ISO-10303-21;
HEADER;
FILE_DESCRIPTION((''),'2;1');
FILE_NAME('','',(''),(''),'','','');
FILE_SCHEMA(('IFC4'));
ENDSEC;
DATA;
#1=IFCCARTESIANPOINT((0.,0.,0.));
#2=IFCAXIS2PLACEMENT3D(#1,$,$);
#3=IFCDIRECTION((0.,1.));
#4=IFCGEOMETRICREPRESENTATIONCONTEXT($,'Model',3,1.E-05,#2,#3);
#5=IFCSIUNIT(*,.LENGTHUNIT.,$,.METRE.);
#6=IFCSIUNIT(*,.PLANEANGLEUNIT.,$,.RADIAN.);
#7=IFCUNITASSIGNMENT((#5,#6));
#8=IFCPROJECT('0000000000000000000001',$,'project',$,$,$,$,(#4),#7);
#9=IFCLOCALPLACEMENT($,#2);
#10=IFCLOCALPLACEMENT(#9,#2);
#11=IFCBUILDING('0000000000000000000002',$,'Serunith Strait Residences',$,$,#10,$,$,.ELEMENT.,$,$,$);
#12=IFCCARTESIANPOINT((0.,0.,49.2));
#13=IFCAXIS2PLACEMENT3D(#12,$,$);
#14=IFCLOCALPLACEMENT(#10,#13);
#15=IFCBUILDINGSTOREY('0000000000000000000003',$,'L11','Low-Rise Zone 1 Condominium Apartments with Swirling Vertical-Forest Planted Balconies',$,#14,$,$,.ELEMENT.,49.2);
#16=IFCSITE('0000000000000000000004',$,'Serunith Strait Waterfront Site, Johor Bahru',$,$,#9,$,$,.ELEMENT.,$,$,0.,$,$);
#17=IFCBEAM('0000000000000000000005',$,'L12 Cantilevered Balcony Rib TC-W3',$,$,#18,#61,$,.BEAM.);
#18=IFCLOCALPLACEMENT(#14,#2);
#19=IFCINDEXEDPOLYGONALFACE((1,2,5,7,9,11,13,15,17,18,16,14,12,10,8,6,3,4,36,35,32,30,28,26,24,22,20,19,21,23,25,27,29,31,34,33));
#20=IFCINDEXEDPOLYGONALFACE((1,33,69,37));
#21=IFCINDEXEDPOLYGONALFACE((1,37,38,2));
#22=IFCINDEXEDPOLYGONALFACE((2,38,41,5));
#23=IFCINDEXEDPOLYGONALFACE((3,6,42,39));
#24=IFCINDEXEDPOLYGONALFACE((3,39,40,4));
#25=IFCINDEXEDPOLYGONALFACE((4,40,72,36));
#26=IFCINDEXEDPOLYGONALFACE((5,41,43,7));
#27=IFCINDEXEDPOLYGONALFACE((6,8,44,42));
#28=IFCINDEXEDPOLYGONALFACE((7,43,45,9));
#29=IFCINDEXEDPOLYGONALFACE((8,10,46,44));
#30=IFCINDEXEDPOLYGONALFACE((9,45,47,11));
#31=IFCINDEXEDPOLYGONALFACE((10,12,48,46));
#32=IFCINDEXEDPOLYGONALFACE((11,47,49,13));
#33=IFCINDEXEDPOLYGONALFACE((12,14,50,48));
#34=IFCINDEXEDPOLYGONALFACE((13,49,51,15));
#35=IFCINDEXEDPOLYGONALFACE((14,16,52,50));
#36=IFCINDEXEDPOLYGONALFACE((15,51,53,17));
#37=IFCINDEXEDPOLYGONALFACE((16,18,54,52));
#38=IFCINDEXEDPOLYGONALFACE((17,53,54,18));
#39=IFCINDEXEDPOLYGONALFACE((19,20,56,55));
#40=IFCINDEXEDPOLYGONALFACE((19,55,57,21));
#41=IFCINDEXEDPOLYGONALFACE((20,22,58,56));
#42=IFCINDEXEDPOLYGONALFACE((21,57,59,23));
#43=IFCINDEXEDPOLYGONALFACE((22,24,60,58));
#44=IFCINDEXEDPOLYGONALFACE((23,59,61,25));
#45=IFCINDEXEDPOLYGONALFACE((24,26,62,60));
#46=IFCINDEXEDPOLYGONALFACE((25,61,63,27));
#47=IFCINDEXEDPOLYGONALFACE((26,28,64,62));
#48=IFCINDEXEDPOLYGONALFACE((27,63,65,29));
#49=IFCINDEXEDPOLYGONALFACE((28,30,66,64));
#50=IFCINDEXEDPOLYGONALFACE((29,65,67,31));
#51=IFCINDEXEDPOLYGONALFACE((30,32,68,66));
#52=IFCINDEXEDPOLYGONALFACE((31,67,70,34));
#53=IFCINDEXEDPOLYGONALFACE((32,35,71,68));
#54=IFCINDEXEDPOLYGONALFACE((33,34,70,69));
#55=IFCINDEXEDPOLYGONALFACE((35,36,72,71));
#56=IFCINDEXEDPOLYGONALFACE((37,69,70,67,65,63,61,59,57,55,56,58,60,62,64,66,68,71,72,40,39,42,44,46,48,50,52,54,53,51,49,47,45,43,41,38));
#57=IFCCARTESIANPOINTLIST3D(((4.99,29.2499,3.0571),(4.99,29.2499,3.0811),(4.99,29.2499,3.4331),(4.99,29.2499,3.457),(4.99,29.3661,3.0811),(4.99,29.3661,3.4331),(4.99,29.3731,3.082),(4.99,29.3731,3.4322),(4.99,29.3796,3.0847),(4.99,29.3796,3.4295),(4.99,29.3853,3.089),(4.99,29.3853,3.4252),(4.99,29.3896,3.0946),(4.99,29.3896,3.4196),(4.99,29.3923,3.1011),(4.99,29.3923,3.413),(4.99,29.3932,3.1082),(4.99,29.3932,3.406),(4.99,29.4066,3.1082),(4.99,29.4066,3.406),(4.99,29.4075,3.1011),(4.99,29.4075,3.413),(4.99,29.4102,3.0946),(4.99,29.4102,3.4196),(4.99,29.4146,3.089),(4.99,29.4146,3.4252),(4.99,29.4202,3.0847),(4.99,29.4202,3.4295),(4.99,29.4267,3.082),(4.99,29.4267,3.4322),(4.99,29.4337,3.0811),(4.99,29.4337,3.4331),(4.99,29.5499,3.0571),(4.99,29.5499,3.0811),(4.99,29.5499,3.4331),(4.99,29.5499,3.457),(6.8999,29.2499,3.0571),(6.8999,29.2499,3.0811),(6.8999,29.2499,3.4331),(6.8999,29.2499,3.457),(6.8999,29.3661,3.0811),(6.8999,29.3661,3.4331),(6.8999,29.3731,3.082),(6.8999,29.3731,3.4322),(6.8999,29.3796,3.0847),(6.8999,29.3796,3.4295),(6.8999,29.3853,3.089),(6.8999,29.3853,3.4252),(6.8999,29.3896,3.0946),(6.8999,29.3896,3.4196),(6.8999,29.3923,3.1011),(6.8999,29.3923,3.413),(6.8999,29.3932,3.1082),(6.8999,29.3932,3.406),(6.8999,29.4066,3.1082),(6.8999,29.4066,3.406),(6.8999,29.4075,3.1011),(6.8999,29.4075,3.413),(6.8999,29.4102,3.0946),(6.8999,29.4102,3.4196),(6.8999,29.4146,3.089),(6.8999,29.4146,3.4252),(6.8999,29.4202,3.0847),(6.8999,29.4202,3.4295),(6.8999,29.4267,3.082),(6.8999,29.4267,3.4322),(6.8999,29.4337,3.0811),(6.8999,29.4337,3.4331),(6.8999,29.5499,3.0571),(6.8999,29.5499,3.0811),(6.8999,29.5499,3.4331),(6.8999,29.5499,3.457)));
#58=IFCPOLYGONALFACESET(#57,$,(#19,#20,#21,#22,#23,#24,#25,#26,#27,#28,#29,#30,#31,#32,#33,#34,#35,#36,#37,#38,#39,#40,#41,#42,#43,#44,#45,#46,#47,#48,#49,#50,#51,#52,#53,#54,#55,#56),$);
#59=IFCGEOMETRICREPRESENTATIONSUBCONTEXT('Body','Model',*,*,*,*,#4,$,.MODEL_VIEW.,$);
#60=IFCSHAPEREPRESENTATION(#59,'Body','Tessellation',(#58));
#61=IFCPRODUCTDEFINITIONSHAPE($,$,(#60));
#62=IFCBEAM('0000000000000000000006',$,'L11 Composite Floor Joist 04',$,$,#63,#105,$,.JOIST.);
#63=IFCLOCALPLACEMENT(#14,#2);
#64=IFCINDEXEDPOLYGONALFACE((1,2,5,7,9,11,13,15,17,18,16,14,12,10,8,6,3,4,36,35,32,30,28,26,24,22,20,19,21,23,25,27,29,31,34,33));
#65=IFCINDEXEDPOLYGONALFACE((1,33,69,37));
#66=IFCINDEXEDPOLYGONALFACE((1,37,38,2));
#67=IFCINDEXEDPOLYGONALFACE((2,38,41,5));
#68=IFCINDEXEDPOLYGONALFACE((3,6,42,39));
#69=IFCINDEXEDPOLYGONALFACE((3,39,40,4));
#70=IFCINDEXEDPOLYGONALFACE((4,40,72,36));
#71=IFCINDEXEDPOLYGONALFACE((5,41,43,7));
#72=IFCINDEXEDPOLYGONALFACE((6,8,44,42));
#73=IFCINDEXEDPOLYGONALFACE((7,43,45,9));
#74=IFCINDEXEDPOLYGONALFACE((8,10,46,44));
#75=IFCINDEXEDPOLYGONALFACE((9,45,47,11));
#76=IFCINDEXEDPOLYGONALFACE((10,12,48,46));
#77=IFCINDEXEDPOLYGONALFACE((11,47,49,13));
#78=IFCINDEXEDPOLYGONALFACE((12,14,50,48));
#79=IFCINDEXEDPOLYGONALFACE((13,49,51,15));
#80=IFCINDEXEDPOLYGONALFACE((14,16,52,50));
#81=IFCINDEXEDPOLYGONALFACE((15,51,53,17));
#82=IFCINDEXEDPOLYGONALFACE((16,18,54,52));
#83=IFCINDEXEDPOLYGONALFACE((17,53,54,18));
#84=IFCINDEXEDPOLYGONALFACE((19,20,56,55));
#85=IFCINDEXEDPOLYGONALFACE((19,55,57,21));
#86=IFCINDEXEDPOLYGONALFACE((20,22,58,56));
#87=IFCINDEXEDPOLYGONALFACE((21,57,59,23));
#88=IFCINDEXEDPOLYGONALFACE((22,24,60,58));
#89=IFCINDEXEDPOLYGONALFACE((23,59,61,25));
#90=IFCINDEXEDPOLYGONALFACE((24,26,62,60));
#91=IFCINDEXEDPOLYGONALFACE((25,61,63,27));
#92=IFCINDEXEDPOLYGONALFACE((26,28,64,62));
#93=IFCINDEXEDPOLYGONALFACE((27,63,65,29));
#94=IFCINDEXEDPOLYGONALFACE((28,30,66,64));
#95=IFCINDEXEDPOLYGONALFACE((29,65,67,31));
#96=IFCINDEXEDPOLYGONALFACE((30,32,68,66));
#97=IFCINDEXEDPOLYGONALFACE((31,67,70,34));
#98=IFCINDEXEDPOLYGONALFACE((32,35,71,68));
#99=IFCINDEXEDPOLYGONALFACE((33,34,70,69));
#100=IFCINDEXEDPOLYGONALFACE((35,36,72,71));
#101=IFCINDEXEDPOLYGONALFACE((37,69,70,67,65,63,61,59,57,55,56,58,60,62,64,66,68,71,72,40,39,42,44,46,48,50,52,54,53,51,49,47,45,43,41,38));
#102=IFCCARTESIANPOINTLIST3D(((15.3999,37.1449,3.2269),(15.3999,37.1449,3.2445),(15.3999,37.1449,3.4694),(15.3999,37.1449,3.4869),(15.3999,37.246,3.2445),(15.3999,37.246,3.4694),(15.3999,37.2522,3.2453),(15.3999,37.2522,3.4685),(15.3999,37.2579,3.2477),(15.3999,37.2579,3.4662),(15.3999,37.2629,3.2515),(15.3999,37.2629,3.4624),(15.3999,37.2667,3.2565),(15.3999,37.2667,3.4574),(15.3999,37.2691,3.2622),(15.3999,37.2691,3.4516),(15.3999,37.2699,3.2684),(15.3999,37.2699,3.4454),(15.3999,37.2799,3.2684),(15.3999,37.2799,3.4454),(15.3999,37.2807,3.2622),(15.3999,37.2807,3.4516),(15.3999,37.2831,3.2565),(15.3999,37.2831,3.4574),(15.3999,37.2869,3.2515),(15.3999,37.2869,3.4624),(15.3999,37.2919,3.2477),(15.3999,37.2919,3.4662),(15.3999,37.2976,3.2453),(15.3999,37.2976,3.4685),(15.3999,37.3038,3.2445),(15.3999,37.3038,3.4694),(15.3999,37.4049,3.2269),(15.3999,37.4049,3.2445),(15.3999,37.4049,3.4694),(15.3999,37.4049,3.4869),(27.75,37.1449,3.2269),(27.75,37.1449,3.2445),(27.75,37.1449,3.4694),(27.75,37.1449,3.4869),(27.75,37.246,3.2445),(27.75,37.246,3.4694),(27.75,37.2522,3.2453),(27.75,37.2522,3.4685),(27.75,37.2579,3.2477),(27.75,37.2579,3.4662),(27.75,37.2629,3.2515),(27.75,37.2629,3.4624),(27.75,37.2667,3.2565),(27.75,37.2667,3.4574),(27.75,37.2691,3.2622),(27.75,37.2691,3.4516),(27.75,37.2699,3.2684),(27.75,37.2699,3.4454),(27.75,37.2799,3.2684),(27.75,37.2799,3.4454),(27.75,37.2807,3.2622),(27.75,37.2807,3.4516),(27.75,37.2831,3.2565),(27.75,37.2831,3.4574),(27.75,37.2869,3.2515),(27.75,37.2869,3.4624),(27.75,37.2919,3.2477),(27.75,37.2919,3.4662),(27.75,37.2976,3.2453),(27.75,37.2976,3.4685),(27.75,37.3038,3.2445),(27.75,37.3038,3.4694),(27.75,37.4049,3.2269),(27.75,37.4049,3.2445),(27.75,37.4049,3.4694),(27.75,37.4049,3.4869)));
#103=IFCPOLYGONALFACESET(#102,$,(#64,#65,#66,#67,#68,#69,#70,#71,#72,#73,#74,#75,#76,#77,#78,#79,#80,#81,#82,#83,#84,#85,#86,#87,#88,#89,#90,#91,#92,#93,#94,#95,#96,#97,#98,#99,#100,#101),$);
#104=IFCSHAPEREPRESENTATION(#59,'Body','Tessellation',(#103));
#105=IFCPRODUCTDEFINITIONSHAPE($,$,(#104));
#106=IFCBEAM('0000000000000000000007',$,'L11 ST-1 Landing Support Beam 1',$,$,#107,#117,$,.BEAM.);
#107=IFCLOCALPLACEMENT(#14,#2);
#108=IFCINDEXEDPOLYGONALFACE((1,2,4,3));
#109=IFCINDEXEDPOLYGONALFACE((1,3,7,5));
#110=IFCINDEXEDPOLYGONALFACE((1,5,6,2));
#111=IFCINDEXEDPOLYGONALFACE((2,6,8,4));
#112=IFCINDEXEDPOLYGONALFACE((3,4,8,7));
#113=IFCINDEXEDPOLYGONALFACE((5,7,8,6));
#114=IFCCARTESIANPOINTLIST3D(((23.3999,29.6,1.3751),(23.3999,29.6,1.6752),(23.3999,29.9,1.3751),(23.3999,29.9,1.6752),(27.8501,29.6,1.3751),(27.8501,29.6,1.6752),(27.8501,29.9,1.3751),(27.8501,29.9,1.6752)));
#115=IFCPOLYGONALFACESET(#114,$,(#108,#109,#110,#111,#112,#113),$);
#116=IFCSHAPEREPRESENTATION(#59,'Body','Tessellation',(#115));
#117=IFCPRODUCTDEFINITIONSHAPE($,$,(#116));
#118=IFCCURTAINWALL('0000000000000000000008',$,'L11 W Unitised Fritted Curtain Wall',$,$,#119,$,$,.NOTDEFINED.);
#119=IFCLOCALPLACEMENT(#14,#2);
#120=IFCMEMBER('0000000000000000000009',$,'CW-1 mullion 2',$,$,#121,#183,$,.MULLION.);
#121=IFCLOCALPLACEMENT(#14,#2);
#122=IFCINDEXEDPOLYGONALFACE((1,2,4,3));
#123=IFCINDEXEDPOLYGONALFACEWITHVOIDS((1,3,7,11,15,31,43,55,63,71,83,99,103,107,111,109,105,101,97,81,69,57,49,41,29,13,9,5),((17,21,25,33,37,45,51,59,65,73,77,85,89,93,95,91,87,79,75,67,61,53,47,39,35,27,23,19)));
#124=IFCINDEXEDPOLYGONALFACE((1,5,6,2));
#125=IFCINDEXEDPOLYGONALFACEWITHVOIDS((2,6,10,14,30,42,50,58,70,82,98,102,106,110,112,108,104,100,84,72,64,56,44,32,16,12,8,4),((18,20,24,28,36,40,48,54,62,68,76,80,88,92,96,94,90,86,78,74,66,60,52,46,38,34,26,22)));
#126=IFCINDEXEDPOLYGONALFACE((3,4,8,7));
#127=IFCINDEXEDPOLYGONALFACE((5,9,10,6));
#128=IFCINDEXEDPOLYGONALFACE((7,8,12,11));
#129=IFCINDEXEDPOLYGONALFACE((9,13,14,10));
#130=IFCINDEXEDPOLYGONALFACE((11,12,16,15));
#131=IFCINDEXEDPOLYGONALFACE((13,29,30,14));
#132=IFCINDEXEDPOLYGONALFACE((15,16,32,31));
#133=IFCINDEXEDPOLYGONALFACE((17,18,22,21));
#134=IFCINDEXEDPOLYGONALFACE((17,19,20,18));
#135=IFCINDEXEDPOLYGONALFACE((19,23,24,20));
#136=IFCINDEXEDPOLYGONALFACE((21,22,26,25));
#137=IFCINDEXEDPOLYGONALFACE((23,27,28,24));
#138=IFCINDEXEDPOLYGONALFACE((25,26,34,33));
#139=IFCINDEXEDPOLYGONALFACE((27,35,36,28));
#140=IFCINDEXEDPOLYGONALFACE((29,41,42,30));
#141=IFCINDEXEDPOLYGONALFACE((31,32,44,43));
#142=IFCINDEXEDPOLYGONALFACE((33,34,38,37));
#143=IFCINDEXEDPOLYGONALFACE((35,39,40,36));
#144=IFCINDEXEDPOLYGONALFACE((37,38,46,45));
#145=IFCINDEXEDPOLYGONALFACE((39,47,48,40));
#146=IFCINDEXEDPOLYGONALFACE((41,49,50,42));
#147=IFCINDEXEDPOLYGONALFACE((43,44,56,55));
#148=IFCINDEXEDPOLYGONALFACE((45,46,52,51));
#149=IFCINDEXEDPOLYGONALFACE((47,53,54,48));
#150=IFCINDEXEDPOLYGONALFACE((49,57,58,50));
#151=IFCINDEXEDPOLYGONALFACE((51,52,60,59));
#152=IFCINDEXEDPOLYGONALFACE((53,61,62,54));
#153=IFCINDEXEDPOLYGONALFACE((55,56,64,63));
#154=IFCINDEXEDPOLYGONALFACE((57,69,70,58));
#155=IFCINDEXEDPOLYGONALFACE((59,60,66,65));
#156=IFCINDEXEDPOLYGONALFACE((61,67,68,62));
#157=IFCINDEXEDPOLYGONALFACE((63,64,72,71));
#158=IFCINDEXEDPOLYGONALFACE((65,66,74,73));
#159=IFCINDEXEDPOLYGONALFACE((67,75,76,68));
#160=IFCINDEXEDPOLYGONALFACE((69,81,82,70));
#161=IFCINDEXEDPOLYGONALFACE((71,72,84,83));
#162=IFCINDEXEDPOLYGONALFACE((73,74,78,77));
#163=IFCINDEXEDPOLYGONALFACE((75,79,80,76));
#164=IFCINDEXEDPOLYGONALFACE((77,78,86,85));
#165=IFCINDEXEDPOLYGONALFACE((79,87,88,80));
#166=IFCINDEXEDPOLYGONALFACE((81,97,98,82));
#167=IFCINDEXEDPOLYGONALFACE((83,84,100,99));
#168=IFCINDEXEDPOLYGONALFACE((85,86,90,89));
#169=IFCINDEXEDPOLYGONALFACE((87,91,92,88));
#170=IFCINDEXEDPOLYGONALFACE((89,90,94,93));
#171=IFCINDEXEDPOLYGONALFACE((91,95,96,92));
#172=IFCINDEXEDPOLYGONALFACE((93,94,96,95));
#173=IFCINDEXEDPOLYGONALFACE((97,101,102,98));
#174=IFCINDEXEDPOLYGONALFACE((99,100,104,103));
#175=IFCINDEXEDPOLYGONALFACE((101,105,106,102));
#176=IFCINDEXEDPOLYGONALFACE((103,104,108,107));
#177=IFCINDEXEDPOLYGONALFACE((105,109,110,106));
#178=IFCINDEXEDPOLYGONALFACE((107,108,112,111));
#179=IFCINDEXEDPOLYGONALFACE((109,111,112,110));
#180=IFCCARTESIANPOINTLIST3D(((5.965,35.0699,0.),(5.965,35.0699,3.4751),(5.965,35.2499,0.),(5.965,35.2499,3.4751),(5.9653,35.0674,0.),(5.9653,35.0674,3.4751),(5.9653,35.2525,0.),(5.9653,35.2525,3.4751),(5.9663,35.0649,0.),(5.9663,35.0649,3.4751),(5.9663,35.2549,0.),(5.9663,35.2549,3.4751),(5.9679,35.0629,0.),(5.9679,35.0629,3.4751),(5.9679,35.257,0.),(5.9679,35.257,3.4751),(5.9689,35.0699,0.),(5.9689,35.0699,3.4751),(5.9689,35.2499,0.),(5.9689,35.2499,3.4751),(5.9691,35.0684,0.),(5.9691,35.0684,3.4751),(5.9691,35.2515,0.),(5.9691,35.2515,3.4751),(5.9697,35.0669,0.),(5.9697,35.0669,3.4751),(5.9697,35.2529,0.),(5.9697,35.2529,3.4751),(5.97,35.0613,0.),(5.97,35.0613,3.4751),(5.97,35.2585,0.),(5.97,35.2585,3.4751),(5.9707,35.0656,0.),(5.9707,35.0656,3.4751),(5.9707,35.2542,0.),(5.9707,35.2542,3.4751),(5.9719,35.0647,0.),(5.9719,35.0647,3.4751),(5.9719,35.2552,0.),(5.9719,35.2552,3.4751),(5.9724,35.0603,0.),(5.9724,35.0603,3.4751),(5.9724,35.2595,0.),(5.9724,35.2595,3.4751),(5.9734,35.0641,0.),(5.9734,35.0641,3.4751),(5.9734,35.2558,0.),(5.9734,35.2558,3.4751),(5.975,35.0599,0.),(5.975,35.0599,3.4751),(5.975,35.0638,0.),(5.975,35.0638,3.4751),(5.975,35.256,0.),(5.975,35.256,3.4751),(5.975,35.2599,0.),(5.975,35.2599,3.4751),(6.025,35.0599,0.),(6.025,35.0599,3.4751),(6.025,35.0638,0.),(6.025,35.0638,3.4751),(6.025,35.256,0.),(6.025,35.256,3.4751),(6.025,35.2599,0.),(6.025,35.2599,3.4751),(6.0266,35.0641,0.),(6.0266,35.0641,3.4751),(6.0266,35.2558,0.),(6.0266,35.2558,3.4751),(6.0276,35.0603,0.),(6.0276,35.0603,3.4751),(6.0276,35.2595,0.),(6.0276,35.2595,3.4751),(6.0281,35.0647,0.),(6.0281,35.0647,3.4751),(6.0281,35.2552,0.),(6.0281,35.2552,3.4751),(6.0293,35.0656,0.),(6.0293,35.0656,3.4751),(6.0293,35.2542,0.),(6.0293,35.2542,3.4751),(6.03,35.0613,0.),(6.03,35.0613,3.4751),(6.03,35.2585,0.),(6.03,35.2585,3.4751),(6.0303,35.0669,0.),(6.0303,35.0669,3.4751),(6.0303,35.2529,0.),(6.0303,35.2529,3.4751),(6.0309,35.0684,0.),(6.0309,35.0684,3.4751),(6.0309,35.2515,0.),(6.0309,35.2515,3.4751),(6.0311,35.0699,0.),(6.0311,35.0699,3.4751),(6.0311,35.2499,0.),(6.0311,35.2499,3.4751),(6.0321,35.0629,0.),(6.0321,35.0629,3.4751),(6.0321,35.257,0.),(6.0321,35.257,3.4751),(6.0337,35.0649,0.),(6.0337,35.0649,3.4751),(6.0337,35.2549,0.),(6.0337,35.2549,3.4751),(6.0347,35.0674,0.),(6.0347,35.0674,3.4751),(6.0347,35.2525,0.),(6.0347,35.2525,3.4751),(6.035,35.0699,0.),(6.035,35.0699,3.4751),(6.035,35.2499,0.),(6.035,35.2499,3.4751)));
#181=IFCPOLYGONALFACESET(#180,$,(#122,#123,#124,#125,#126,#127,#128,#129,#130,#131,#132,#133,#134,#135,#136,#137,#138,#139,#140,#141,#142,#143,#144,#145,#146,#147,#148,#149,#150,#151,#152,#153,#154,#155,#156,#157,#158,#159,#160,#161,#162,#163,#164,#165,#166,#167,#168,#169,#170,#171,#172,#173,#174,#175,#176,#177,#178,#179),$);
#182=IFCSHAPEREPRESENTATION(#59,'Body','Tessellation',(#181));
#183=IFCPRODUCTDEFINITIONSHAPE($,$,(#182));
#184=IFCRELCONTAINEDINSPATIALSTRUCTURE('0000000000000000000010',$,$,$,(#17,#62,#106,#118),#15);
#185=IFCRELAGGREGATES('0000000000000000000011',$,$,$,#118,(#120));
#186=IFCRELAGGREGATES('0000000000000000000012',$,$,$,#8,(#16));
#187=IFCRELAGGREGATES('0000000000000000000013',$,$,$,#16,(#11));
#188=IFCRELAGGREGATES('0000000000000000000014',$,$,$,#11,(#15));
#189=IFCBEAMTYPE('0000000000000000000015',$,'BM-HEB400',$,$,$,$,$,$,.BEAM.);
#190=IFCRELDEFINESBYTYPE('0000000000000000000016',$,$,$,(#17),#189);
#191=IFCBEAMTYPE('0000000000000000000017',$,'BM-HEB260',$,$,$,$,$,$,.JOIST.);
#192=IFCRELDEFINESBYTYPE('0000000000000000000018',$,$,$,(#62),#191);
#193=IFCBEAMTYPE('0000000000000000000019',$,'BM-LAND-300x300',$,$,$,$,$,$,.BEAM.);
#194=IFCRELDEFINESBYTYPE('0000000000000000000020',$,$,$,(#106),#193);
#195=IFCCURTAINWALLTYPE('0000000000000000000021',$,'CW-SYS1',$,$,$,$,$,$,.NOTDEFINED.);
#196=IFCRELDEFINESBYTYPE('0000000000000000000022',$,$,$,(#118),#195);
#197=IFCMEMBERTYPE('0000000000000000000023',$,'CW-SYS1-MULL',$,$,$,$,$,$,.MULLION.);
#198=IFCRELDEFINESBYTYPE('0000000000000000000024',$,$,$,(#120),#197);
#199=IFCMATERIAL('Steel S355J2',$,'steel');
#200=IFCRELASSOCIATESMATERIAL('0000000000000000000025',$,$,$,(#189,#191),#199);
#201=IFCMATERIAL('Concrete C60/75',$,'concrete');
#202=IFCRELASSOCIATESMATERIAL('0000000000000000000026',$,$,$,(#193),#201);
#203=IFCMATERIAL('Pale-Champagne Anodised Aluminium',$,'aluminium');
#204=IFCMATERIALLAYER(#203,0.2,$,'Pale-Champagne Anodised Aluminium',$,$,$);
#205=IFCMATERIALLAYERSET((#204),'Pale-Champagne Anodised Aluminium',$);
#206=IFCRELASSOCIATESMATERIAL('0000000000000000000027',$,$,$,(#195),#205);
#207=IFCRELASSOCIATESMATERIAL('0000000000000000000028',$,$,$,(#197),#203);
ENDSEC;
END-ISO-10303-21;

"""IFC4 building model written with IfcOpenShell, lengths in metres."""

from ifc_helpers import new_model, si_unit, direction, frame, origin, origin_2d, place, context, subcontext, project, spatial, rectangle, hollow_rectangle, i_section, extrude, source, transform, mapped, material, layer, layer_set, material_profile, profile_set, type_object, element, aggregate, save


model = new_model("IFC4")

# Units and contexts
model_context = context("Model", 3, precision=1e-05, world=origin(), true_north=direction((0.0, 1.0)))
body_context = subcontext(model_context, "Body", "Model", "MODEL_VIEW")
ifc_project = project(units=[si_unit("LENGTHUNIT", "METRE"), si_unit("PLANEANGLEUNIT", "RADIAN")], contexts=[model_context])

# Site, building, storey
site_placement = place(None, origin())
site = spatial("IfcSite", under=ifc_project, at=site_placement, Name="Serunith Strait Waterfront Site, Johor Bahru", CompositionType="ELEMENT", RefElevation=0.0)
building_placement = place(site_placement, origin())
building = spatial("IfcBuilding", under=site, at=building_placement, Name="Serunith Strait Residences", CompositionType="ELEMENT")
storey_placement = place(building_placement, frame((0.0, 0.0, 49.2)))
storey = spatial("IfcBuildingStorey", under=building, at=storey_placement, Name="L11", Description="Low-Rise Zone 1 Condominium Apartments with Swirling Vertical-Forest Planted Balconies", CompositionType="ELEMENT", Elevation=49.2)

# Beams
ifc_material_1 = material(Name="Steel S355J2", Category="steel")
ifc_material_profile_1 = material_profile(ifc_material_1, i_section(OverallWidth=0.3, OverallDepth=0.3999, WebThickness=0.0134, FlangeThickness=0.0239, FilletRadius=0.0271, at=origin_2d()), Name="HEB 400")
ifc_profile_set_1 = profile_set([ifc_material_profile_1], Name="Steel S355J2")
beam_type_1 = type_object("IfcBeamType", Name="BM-HEB400", PredefinedType="BEAM", material=ifc_profile_set_1)
shared_shape_1 = source(origin(), body_context, "Body", "SweptSolid", [
    extrude(i_section(OverallWidth=0.3, OverallDepth=0.3999, WebThickness=0.0134, FlangeThickness=0.0239, FilletRadius=0.0271, at=origin_2d()), origin(), (0.0, 0.0, 1.0), 1.9099),
])
beam_1_placement = place(storey_placement, frame((6.8999, 29.3999, 3.2571), z_axis=(-1.0, 0.0, 0.0), x_axis=(0.0, -1.0, 0.0)))
element("IfcBeam", 1, at=beam_1_placement, inside=storey, type_object=beam_type_1, Name="L12 Cantilevered Balcony Rib TC-W3", PredefinedType="BEAM", context=body_context, shape_type="MappedRepresentation", body=[
    mapped(shared_shape_1, transform((0.0, 0.0, 0.0), scale=1.0)),
])
ifc_material_profile_2 = material_profile(ifc_material_1, i_section(OverallWidth=0.26, OverallDepth=0.26, WebThickness=0.01, FlangeThickness=0.0176, FilletRadius=0.0239, at=origin_2d()), Name="HEB 260")
ifc_profile_set_2 = profile_set([ifc_material_profile_2], Name="Steel S355J2")
beam_type_2 = type_object("IfcBeamType", Name="BM-HEB260", PredefinedType="JOIST", material=ifc_profile_set_2)
shared_shape_2 = source(origin(), body_context, "Body", "SweptSolid", [
    extrude(i_section(OverallWidth=0.26, OverallDepth=0.26, WebThickness=0.01, FlangeThickness=0.0176, FilletRadius=0.0239, at=origin_2d()), origin(), (0.0, 0.0, 1.0), 12.3501),
])
beam_2_placement = place(storey_placement, frame((15.3999, 37.2749, 3.3569), z_axis=(1.0, 0.0, 0.0), x_axis=(0.0, 1.0, 0.0)))
element("IfcBeam", 2, at=beam_2_placement, inside=storey, type_object=beam_type_2, Name="L11 Composite Floor Joist 04", PredefinedType="JOIST", context=body_context, shape_type="MappedRepresentation", body=[
    mapped(shared_shape_2, transform((0.0, 0.0, 0.0), scale=1.0)),
])
ifc_material_2 = material(Name="Concrete C60/75", Category="concrete")
ifc_material_profile_3 = material_profile(ifc_material_2, rectangle(XDim=0.3, YDim=0.3, at=origin_2d()), Name="RC 300x300")
ifc_profile_set_3 = profile_set([ifc_material_profile_3], Name="Concrete C60/75")
beam_type_3 = type_object("IfcBeamType", Name="BM-LAND-300x300", PredefinedType="BEAM", material=ifc_profile_set_3)
shared_shape_3 = source(origin(), body_context, "Body", "SweptSolid", [
    extrude(rectangle(XDim=0.3, YDim=0.3, at=origin_2d()), origin(), (0.0, 0.0, 1.0), 4.4502),
])
beam_3_placement = place(storey_placement, frame((23.3999, 29.75, 1.5251), z_axis=(1.0, 0.0, 0.0), x_axis=(0.0, 1.0, 0.0)))
element("IfcBeam", 3, at=beam_3_placement, inside=storey, type_object=beam_type_3, Name="L11 ST-1 Landing Support Beam 1", PredefinedType="BEAM", context=body_context, shape_type="MappedRepresentation", body=[
    mapped(shared_shape_3, transform((0.0, 0.0, 0.0), scale=1.0)),
])

# Curtain wall, member
ifc_material_3 = material(Name="Pale-Champagne Anodised Aluminium", Category="aluminium")
ifc_layer_1 = layer(ifc_material_3, 0.2, Name="Pale-Champagne Anodised Aluminium")
ifc_layer_set_1 = layer_set([ifc_layer_1], Name="Pale-Champagne Anodised Aluminium")
curtain_wall_type = type_object("IfcCurtainWallType", Name="CW-SYS1", PredefinedType="NOTDEFINED", material=ifc_layer_set_1)
curtain_wall_placement = place(storey_placement, origin())
curtain_wall = element("IfcCurtainWall", 4, at=curtain_wall_placement, inside=storey, type_object=curtain_wall_type, Name="L11 W Unitised Fritted Curtain Wall", PredefinedType="NOTDEFINED")
ifc_material_profile_4 = material_profile(ifc_material_3, hollow_rectangle(XDim=0.0701, YDim=0.2, WallThickness=0.0039, InnerFilletRadius=0.0061, OuterFilletRadius=0.01, at=origin_2d()), Name="ALU 200x70x4")
ifc_profile_set_4 = profile_set([ifc_material_profile_4], Name="Pale-Champagne Anodised Aluminium")
member_type_1 = type_object("IfcMemberType", Name="CW-SYS1-MULL", PredefinedType="MULLION", material=ifc_profile_set_4)
shared_shape_4 = source(origin(), body_context, "Body", "SweptSolid", [
    extrude(hollow_rectangle(XDim=0.0701, YDim=0.2, WallThickness=0.0039, InnerFilletRadius=0.0061, OuterFilletRadius=0.01, at=origin_2d()), origin(), (0.0, 0.0, 1.0), 3.4751),
])
member_1_placement = place(storey_placement, frame((6.0, 35.1599, 0.0), z_axis=(0.0, 0.0, 1.0), x_axis=(1.0, 0.0, 0.0)))
member_1 = element("IfcMember", 5, at=member_1_placement, type_object=member_type_1, Name="CW-1 mullion 2", PredefinedType="MULLION", context=body_context, shape_type="MappedRepresentation", body=[
    mapped(shared_shape_4, transform((0.0, 0.0, 0.0), scale=1.0)),
])
aggregate(curtain_wall, [member_1])

save(model, "model.ifc")
